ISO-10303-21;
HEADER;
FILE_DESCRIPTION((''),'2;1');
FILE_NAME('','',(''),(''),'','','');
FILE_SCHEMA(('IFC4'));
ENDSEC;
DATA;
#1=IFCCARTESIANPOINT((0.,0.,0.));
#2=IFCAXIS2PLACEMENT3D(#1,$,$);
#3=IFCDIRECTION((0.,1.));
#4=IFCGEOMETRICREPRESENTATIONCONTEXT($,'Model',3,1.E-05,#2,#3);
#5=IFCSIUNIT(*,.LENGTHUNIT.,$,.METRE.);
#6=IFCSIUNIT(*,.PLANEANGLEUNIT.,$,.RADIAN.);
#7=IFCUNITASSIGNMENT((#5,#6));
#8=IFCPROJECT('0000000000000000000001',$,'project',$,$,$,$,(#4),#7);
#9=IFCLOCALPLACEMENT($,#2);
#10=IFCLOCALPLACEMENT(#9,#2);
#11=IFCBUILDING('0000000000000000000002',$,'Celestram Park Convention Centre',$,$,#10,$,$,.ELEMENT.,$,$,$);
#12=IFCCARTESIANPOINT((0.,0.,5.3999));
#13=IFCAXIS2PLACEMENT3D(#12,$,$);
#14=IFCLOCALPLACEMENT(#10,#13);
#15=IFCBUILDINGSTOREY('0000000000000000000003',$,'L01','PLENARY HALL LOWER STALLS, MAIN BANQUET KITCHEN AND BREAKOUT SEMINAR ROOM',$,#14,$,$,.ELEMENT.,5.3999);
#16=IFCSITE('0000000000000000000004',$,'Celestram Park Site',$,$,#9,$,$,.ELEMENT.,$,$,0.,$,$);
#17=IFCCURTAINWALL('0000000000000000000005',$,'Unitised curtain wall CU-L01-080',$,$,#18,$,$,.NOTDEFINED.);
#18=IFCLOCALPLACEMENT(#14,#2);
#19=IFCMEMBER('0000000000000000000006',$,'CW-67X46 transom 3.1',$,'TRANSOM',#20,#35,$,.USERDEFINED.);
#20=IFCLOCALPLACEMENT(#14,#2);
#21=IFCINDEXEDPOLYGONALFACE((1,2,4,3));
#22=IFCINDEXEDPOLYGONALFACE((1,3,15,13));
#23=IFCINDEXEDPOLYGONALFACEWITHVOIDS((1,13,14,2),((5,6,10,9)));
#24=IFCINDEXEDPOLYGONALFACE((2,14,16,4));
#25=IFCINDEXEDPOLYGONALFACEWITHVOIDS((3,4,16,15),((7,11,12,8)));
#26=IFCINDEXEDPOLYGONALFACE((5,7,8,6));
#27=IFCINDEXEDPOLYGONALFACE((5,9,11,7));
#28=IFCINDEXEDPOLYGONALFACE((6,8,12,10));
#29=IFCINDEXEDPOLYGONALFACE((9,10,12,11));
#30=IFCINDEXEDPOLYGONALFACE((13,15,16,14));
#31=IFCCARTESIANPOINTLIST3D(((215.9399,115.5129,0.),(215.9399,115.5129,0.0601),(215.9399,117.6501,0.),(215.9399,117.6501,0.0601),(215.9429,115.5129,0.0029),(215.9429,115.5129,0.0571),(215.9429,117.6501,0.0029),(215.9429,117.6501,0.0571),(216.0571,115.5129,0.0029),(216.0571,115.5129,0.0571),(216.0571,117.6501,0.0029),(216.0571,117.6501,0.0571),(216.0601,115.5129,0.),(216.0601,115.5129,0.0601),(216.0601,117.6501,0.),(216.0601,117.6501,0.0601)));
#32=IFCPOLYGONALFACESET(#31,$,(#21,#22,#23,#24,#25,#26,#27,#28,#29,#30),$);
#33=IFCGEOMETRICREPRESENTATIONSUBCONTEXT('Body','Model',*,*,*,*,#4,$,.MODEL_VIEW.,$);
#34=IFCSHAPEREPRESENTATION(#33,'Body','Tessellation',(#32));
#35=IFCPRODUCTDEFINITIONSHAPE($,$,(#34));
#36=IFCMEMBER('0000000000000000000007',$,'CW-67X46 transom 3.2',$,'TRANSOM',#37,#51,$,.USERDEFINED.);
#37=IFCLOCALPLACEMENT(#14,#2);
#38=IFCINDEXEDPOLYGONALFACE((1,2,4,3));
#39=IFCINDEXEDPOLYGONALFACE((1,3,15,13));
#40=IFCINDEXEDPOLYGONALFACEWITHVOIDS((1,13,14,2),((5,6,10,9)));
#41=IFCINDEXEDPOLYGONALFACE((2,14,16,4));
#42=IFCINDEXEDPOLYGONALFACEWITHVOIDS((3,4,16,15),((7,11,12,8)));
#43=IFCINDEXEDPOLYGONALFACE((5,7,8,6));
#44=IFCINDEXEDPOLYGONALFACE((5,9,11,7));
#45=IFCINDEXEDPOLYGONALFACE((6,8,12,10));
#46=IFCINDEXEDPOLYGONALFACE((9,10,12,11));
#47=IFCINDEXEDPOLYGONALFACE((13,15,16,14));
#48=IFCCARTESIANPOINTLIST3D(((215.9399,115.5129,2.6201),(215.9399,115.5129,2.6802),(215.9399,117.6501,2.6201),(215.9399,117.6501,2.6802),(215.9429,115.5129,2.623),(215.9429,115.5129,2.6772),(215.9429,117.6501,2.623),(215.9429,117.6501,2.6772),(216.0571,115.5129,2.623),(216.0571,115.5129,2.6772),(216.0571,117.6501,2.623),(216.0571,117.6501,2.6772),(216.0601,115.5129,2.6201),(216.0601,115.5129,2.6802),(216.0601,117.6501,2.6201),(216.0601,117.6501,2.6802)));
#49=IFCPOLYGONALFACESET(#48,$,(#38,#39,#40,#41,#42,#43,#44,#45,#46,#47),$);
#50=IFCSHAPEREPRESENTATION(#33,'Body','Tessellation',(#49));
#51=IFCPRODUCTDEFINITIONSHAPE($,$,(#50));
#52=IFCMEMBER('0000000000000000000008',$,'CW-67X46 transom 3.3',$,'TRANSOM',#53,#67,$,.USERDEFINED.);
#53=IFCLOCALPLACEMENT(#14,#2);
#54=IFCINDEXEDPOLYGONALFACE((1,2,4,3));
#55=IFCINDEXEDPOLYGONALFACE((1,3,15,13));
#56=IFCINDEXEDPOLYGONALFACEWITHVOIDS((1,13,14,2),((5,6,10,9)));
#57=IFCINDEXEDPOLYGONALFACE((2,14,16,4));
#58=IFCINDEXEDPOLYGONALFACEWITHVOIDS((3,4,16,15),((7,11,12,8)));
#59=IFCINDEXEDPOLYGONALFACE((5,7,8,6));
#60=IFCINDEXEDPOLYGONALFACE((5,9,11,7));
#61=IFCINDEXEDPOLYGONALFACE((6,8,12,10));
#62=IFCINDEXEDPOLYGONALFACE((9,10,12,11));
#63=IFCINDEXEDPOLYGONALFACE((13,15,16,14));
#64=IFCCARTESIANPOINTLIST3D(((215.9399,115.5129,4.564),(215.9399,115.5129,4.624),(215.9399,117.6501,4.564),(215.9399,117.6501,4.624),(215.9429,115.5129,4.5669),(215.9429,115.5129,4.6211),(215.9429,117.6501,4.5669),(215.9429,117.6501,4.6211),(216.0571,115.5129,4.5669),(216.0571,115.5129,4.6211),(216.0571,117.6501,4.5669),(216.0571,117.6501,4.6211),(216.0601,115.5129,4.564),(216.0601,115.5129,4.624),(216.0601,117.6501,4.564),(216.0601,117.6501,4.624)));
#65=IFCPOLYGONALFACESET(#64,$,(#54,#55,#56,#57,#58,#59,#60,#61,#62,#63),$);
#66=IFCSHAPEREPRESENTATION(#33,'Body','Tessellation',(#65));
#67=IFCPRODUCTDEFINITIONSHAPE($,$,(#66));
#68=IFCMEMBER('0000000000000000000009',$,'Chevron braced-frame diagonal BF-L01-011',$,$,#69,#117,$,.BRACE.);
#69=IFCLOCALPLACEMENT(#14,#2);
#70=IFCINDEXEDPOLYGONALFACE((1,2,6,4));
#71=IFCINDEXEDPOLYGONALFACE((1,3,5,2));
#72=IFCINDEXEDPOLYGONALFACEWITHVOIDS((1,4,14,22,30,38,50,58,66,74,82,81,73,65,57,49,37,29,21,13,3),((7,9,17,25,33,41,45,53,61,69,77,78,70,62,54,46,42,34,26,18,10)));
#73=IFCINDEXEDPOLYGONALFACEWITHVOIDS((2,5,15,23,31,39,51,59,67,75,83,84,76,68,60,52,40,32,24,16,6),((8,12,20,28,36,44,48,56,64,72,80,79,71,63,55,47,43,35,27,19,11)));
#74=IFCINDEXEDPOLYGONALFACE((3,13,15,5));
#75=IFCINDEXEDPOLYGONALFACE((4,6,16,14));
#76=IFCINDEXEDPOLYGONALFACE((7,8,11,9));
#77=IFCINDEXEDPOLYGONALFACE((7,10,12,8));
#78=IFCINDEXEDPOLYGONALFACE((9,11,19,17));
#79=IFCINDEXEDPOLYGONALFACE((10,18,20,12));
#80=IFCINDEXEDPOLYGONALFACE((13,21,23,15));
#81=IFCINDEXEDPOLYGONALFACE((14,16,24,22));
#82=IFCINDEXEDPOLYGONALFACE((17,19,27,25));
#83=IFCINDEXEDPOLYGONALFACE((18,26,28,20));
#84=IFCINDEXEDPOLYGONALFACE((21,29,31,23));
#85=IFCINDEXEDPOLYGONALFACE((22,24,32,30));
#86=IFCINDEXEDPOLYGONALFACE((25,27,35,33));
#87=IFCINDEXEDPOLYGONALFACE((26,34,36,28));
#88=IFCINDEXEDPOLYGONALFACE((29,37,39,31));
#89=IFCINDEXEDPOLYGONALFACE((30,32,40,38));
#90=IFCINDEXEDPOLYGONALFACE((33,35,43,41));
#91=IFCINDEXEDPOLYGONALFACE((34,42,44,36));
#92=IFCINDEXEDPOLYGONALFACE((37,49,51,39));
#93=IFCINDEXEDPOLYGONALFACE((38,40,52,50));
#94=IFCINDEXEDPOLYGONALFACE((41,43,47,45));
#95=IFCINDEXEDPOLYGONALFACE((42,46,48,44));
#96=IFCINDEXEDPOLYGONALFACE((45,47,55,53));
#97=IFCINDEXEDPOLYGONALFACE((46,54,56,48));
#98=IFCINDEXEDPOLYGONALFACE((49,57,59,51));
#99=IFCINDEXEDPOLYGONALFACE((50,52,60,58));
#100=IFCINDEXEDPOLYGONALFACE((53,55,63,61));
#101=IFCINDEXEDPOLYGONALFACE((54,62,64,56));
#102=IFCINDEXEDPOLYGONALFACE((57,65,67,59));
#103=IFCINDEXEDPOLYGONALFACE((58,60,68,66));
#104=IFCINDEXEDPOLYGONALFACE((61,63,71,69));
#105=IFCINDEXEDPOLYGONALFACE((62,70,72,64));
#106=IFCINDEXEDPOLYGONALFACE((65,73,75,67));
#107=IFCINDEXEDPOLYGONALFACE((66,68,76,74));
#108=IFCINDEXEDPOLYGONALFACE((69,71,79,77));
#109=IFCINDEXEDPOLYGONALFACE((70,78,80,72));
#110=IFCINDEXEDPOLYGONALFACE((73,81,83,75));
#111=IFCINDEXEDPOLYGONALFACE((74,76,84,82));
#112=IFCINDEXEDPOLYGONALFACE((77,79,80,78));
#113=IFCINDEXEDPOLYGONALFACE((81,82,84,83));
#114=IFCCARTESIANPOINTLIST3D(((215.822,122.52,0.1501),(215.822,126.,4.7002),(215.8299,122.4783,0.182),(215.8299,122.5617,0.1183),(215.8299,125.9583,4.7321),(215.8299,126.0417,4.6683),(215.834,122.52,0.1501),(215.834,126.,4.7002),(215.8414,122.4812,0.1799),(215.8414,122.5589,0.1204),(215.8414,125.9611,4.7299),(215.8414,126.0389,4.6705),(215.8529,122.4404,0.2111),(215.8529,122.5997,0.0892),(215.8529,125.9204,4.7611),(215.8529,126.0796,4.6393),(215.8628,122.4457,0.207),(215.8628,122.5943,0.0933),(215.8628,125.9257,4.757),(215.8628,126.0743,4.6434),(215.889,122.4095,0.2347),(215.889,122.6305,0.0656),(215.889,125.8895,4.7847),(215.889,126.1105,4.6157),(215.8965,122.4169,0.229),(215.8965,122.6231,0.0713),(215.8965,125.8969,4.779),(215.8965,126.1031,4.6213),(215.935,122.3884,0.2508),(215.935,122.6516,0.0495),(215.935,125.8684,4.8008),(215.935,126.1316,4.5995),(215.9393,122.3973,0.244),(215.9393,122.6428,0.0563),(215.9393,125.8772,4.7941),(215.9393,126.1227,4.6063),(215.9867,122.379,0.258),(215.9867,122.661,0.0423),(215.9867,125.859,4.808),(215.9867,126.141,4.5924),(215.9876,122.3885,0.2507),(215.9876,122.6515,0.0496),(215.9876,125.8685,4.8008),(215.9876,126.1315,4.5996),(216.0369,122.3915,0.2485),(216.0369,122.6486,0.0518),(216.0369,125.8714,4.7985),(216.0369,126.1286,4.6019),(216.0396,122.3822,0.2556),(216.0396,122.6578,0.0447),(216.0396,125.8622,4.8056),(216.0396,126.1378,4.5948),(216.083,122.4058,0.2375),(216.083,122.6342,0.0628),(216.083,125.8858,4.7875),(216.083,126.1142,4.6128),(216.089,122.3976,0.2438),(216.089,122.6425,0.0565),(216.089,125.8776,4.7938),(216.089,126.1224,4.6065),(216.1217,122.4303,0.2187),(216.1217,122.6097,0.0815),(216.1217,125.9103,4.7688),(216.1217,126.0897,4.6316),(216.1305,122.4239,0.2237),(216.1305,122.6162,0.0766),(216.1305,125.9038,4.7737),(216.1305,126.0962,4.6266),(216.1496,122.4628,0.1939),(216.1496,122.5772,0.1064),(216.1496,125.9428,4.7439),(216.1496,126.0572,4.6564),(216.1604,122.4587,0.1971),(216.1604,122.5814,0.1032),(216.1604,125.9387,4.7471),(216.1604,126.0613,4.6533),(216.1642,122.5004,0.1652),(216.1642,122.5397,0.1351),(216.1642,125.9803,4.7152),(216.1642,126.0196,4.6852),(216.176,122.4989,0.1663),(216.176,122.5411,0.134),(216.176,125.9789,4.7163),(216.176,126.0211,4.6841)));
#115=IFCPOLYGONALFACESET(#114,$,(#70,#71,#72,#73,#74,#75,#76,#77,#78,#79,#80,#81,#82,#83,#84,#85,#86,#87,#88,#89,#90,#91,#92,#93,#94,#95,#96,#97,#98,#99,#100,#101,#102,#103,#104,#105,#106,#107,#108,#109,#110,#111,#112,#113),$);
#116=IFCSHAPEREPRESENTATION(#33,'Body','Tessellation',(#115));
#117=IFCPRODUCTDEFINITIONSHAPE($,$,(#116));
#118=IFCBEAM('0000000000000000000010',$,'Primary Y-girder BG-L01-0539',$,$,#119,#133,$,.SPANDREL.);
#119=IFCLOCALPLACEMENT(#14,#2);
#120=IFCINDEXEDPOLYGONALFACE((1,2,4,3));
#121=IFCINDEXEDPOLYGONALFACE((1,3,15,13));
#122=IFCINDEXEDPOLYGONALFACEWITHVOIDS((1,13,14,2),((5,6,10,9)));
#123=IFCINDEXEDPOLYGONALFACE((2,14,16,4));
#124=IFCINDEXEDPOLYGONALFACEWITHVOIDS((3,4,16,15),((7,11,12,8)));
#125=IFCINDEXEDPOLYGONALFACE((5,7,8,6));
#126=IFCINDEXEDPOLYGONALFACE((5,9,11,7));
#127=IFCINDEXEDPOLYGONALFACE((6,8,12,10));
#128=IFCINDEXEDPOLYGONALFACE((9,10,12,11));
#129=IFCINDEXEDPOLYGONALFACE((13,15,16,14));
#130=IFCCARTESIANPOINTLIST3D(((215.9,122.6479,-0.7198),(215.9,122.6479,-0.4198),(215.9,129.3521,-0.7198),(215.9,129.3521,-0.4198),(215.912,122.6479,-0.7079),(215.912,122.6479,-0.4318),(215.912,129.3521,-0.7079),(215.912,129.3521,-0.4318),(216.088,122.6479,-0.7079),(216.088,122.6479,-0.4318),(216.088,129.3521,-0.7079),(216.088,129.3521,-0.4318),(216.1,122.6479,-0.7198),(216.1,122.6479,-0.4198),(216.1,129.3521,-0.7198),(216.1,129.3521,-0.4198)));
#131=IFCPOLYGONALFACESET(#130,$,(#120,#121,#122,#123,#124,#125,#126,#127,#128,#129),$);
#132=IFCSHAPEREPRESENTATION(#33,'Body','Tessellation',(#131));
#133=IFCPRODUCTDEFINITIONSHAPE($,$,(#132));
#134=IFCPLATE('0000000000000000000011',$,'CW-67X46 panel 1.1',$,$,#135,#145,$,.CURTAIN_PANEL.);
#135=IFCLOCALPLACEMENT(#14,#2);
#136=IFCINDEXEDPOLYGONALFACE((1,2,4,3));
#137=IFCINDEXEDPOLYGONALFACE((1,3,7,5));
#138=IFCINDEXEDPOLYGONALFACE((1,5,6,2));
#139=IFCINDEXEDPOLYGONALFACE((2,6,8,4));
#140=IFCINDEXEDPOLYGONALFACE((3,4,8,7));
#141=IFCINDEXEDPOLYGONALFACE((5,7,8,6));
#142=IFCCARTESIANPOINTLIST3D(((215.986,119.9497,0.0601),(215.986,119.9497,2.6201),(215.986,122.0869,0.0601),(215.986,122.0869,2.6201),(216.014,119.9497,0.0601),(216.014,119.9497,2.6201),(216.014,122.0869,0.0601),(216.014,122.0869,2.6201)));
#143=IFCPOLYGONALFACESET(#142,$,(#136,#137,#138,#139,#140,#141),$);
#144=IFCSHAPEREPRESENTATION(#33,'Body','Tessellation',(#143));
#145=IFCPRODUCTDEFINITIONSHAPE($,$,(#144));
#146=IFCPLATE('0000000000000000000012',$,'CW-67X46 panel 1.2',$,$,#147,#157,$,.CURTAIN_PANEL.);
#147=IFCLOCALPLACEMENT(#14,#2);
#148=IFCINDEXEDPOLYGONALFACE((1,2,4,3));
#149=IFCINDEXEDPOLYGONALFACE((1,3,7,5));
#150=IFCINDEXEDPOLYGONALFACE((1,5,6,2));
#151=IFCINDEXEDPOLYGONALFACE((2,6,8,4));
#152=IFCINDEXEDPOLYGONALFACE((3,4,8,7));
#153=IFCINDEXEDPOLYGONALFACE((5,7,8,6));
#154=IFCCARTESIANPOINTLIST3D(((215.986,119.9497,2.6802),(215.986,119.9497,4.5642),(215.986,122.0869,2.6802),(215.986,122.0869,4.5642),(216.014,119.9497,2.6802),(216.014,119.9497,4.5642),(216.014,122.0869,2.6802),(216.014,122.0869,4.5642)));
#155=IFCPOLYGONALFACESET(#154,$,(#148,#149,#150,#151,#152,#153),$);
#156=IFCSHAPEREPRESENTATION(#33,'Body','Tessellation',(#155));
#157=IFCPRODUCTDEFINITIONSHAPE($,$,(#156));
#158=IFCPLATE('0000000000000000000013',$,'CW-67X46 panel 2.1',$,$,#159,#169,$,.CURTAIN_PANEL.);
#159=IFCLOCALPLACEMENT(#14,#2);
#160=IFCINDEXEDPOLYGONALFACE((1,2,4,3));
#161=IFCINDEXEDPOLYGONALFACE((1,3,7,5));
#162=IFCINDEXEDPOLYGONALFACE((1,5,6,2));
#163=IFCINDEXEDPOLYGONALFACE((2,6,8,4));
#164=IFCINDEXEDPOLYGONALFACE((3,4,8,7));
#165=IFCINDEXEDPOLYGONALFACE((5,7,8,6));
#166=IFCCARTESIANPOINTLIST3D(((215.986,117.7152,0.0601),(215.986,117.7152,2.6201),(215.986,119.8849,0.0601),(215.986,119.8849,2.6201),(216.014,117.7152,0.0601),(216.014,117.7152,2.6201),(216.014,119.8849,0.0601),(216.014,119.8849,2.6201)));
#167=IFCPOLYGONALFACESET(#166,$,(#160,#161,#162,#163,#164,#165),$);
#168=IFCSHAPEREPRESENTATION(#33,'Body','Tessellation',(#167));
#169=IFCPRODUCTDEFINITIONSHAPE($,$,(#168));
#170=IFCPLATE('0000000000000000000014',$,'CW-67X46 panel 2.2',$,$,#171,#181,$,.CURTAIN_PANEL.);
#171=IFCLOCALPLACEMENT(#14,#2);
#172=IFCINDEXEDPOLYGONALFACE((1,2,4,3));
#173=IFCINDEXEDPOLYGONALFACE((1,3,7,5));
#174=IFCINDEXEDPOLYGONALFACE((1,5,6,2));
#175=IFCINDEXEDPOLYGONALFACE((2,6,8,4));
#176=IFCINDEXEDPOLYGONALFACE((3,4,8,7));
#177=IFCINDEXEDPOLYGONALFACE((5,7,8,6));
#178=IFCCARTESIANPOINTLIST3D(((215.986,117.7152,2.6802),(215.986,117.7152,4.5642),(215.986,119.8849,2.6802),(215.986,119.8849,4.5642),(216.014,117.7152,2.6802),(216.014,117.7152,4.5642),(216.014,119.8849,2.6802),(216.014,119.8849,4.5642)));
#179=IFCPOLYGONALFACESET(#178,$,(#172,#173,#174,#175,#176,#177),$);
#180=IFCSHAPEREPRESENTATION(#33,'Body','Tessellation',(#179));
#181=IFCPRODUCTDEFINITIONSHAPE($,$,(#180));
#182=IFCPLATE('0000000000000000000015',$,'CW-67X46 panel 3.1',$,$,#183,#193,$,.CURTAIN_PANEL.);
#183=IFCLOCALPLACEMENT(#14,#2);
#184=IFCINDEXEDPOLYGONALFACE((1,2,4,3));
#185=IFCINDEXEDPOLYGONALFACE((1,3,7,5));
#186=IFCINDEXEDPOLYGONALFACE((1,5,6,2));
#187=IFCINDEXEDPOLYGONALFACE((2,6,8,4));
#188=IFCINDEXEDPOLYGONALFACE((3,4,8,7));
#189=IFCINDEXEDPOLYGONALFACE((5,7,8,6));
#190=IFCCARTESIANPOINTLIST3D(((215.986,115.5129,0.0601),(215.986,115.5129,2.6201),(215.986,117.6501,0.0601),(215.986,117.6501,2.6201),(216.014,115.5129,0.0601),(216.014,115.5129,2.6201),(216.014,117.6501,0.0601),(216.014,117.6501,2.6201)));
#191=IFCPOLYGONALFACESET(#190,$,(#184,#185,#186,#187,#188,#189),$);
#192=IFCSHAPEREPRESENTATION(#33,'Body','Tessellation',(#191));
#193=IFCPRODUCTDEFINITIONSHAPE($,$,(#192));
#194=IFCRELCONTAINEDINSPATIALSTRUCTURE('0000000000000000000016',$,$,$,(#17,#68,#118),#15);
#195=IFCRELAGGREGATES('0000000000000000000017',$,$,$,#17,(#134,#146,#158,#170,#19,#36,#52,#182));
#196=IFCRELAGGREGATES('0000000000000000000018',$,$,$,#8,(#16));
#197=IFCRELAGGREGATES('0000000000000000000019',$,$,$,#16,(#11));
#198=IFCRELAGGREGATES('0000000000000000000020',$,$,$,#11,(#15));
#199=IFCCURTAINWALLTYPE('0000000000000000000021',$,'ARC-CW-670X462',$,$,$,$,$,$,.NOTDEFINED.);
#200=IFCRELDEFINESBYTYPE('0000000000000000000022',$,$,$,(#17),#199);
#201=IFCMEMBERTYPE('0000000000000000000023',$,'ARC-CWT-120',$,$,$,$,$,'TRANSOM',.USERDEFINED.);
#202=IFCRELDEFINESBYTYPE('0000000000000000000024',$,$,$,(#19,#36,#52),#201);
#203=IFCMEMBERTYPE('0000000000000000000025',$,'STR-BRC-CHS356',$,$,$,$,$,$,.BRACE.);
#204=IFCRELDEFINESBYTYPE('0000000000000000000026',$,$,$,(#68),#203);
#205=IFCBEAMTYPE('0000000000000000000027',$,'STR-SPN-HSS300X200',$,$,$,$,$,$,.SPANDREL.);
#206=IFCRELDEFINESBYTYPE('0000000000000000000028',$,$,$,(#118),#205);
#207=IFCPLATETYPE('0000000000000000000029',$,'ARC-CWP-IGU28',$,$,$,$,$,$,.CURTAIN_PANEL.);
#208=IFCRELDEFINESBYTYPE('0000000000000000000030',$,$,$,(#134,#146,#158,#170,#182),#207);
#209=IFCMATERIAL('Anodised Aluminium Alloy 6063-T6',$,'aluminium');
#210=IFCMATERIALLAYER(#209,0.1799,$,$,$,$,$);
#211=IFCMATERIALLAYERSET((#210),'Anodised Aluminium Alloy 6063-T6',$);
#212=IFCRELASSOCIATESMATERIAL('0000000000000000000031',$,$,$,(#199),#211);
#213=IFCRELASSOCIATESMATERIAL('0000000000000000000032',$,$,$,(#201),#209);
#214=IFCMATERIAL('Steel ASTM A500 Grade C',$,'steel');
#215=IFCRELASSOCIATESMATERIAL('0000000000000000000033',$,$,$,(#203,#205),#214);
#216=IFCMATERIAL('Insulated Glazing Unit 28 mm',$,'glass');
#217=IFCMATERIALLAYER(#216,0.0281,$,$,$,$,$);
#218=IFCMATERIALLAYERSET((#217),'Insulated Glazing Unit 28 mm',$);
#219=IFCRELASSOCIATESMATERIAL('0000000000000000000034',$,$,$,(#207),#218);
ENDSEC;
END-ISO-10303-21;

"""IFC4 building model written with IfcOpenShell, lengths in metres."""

from ifc_helpers import new_model, si_unit, direction, frame, origin, origin_2d, place, context, subcontext, project, spatial, rectangle, hollow_rectangle, hollow_circle, extrude, material, layer, layer_set, material_profile, profile_set, type_object, element, aggregate, save


model = new_model("IFC4")

# Units and contexts
model_context = context("Model", 3, precision=1e-05, world=origin(), true_north=direction((0.0, 1.0)))
body_context = subcontext(model_context, "Body", "Model", "MODEL_VIEW")
ifc_project = project(units=[si_unit("LENGTHUNIT", "METRE"), si_unit("PLANEANGLEUNIT", "RADIAN")], contexts=[model_context])

# Site, building, storey
site_placement = place(None, origin())
site = spatial("IfcSite", under=ifc_project, at=site_placement, Name="Celestram Park Site", CompositionType="ELEMENT", RefElevation=0.0)
building_placement = place(site_placement, origin())
building = spatial("IfcBuilding", under=site, at=building_placement, Name="Celestram Park Convention Centre", CompositionType="ELEMENT")
storey_placement = place(building_placement, frame((0.0, 0.0, 5.3999)))
storey = spatial("IfcBuildingStorey", under=building, at=storey_placement, Name="L01", Description="PLENARY HALL LOWER STALLS, MAIN BANQUET KITCHEN AND BREAKOUT SEMINAR ROOM", CompositionType="ELEMENT", Elevation=5.3999)

# Shared definitions
ifc_material_1 = material(Name="Steel ASTM A500 Grade C", Category="steel")

# Curtain wall, members
ifc_material_2 = material(Name="Anodised Aluminium Alloy 6063-T6", Category="aluminium")
ifc_layer_1 = layer(ifc_material_2, 0.1799)
ifc_layer_set_1 = layer_set([ifc_layer_1], Name="Anodised Aluminium Alloy 6063-T6")
curtain_wall_type = type_object("IfcCurtainWallType", Name="ARC-CW-670X462", PredefinedType="NOTDEFINED", material=ifc_layer_set_1)
curtain_wall_placement = place(storey_placement, origin())
curtain_wall = element("IfcCurtainWall", 1, at=curtain_wall_placement, inside=storey, type_object=curtain_wall_type, Name="Unitised curtain wall CU-L01-080", PredefinedType="NOTDEFINED")
ifc_material_profile_1 = material_profile(ifc_material_2, hollow_rectangle(XDim=0.1201, YDim=0.0601, WallThickness=0.0029, at=origin_2d()), Name="ALU120X60X3")
ifc_profile_set_1 = profile_set([ifc_material_profile_1], Name="Anodised Aluminium Alloy 6063-T6")
member_type_1 = type_object("IfcMemberType", Name="ARC-CWT-120", ElementType="TRANSOM", PredefinedType="USERDEFINED", material=ifc_profile_set_1)
member_1_placement = place(storey_placement, frame((216.0, 117.6501, 0.03), z_axis=(0.0, -1.0, 0.0), x_axis=(1.0, 0.0, 0.0)))
member_1 = element("IfcMember", 2, at=member_1_placement, type_object=member_type_1, Name="CW-67X46 transom 3.1", ObjectType="TRANSOM", PredefinedType="USERDEFINED", context=body_context, shape_type="SweptSolid", body=[
    extrude(hollow_rectangle(XDim=0.1201, YDim=0.0601, WallThickness=0.0029, at=origin_2d()), origin(), (0.0, 0.0, 1.0), 2.1372),
])
member_2_placement = place(storey_placement, frame((216.0, 117.6501, 2.6501), z_axis=(0.0, -1.0, 0.0), x_axis=(1.0, 0.0, 0.0)))
member_2 = element("IfcMember", 3, at=member_2_placement, type_object=member_type_1, Name="CW-67X46 transom 3.2", ObjectType="TRANSOM", PredefinedType="USERDEFINED", context=body_context, shape_type="SweptSolid", body=[
    extrude(hollow_rectangle(XDim=0.1201, YDim=0.0601, WallThickness=0.0029, at=origin_2d()), origin(), (0.0, 0.0, 1.0), 2.1372),
])
member_3_placement = place(storey_placement, frame((216.0, 117.6501, 4.594), z_axis=(0.0, -1.0, 0.0), x_axis=(1.0, 0.0, 0.0)))
member_3 = element("IfcMember", 4, at=member_3_placement, type_object=member_type_1, Name="CW-67X46 transom 3.3", ObjectType="TRANSOM", PredefinedType="USERDEFINED", context=body_context, shape_type="SweptSolid", body=[
    extrude(hollow_rectangle(XDim=0.1201, YDim=0.0601, WallThickness=0.0029, at=origin_2d()), origin(), (0.0, 0.0, 1.0), 2.1372),
])

# Member
ifc_material_profile_2 = material_profile(ifc_material_1, hollow_circle(Radius=0.178, WallThickness=0.012, at=origin_2d()), Name="CHS356X12")
ifc_profile_set_2 = profile_set([ifc_material_profile_2], Name="Steel ASTM A500 Grade C")
member_type_2 = type_object("IfcMemberType", Name="STR-BRC-CHS356", PredefinedType="BRACE", material=ifc_profile_set_2)
member_4_placement = place(storey_placement, frame((216.0, 122.52, 0.1501), z_axis=(0.0, 0.607509, 0.794313), x_axis=(-1.0, 0.0, 0.0)))
element("IfcMember", 5, at=member_4_placement, inside=storey, type_object=member_type_2, Name="Chevron braced-frame diagonal BF-L01-011", PredefinedType="BRACE", context=body_context, shape_type="SweptSolid", body=[
    extrude(hollow_circle(Radius=0.178, WallThickness=0.012, at=origin_2d()), origin(), (0.0, 0.0, 1.0), 5.7283),
])

# Beam
ifc_material_profile_3 = material_profile(ifc_material_1, hollow_rectangle(XDim=0.2, YDim=0.3, WallThickness=0.012, at=origin_2d()), Name="HSS300X200X12")
ifc_profile_set_3 = profile_set([ifc_material_profile_3], Name="Steel ASTM A500 Grade C")
beam_type = type_object("IfcBeamType", Name="STR-SPN-HSS300X200", PredefinedType="SPANDREL", material=ifc_profile_set_3)
beam_placement = place(storey_placement, frame((216.0, 122.6479, -0.5698), z_axis=(0.0, 1.0, 0.0), x_axis=(-1.0, 0.0, 0.0)))
element("IfcBeam", 6, at=beam_placement, inside=storey, type_object=beam_type, Name="Primary Y-girder BG-L01-0539", PredefinedType="SPANDREL", context=body_context, shape_type="SweptSolid", body=[
    extrude(hollow_rectangle(XDim=0.2, YDim=0.3, WallThickness=0.012, at=origin_2d()), origin(), (0.0, 0.0, 1.0), 6.7041),
])

# Plates
ifc_material_3 = material(Name="Insulated Glazing Unit 28 mm", Category="glass")
ifc_layer_2 = layer(ifc_material_3, 0.0281)
ifc_layer_set_2 = layer_set([ifc_layer_2], Name="Insulated Glazing Unit 28 mm")
plate_type_1 = type_object("IfcPlateType", Name="ARC-CWP-IGU28", PredefinedType="CURTAIN_PANEL", material=ifc_layer_set_2)
plate_1_placement = place(storey_placement, frame((216.0, 121.0183, 0.0601), z_axis=(0.0, 0.0, 1.0), x_axis=(0.0, -1.0, 0.0)))
plate_1 = element("IfcPlate", 7, at=plate_1_placement, type_object=plate_type_1, Name="CW-67X46 panel 1.1", PredefinedType="CURTAIN_PANEL", context=body_context, shape_type="SweptSolid", body=[
    extrude(rectangle(XDim=2.1372, YDim=0.0281, at=origin_2d()), origin(), (0.0, 0.0, 1.0), 2.5601),
])
plate_2_placement = place(storey_placement, frame((216.0, 121.0183, 2.6802), z_axis=(0.0, 0.0, 1.0), x_axis=(0.0, -1.0, 0.0)))
plate_2 = element("IfcPlate", 8, at=plate_2_placement, type_object=plate_type_1, Name="CW-67X46 panel 1.2", PredefinedType="CURTAIN_PANEL", context=body_context, shape_type="SweptSolid", body=[
    extrude(rectangle(XDim=2.1372, YDim=0.0281, at=origin_2d()), origin(), (0.0, 0.0, 1.0), 1.884),
])
plate_3_placement = place(storey_placement, frame((216.0, 118.8, 0.0601), z_axis=(0.0, 0.0, 1.0), x_axis=(0.0, -1.0, 0.0)))
plate_3 = element("IfcPlate", 9, at=plate_3_placement, type_object=plate_type_1, Name="CW-67X46 panel 2.1", PredefinedType="CURTAIN_PANEL", context=body_context, shape_type="SweptSolid", body=[
    extrude(rectangle(XDim=2.1697, YDim=0.0281, at=origin_2d()), origin(), (0.0, 0.0, 1.0), 2.5601),
])
plate_4_placement = place(storey_placement, frame((216.0, 118.8, 2.6802), z_axis=(0.0, 0.0, 1.0), x_axis=(0.0, -1.0, 0.0)))
plate_4 = element("IfcPlate", 10, at=plate_4_placement, type_object=plate_type_1, Name="CW-67X46 panel 2.2", PredefinedType="CURTAIN_PANEL", context=body_context, shape_type="SweptSolid", body=[
    extrude(rectangle(XDim=2.1697, YDim=0.0281, at=origin_2d()), origin(), (0.0, 0.0, 1.0), 1.884),
])
plate_5_placement = place(storey_placement, frame((216.0, 116.5815, 0.0601), z_axis=(0.0, 0.0, 1.0), x_axis=(0.0, -1.0, 0.0)))
plate_5 = element("IfcPlate", 11, at=plate_5_placement, type_object=plate_type_1, Name="CW-67X46 panel 3.1", PredefinedType="CURTAIN_PANEL", context=body_context, shape_type="SweptSolid", body=[
    extrude(rectangle(XDim=2.1372, YDim=0.0281, at=origin_2d()), origin(), (0.0, 0.0, 1.0), 2.5601),
])
aggregate(curtain_wall, [plate_1, plate_2, plate_3, plate_4, member_1, member_2, member_3, plate_5])

save(model, "model.ifc")
